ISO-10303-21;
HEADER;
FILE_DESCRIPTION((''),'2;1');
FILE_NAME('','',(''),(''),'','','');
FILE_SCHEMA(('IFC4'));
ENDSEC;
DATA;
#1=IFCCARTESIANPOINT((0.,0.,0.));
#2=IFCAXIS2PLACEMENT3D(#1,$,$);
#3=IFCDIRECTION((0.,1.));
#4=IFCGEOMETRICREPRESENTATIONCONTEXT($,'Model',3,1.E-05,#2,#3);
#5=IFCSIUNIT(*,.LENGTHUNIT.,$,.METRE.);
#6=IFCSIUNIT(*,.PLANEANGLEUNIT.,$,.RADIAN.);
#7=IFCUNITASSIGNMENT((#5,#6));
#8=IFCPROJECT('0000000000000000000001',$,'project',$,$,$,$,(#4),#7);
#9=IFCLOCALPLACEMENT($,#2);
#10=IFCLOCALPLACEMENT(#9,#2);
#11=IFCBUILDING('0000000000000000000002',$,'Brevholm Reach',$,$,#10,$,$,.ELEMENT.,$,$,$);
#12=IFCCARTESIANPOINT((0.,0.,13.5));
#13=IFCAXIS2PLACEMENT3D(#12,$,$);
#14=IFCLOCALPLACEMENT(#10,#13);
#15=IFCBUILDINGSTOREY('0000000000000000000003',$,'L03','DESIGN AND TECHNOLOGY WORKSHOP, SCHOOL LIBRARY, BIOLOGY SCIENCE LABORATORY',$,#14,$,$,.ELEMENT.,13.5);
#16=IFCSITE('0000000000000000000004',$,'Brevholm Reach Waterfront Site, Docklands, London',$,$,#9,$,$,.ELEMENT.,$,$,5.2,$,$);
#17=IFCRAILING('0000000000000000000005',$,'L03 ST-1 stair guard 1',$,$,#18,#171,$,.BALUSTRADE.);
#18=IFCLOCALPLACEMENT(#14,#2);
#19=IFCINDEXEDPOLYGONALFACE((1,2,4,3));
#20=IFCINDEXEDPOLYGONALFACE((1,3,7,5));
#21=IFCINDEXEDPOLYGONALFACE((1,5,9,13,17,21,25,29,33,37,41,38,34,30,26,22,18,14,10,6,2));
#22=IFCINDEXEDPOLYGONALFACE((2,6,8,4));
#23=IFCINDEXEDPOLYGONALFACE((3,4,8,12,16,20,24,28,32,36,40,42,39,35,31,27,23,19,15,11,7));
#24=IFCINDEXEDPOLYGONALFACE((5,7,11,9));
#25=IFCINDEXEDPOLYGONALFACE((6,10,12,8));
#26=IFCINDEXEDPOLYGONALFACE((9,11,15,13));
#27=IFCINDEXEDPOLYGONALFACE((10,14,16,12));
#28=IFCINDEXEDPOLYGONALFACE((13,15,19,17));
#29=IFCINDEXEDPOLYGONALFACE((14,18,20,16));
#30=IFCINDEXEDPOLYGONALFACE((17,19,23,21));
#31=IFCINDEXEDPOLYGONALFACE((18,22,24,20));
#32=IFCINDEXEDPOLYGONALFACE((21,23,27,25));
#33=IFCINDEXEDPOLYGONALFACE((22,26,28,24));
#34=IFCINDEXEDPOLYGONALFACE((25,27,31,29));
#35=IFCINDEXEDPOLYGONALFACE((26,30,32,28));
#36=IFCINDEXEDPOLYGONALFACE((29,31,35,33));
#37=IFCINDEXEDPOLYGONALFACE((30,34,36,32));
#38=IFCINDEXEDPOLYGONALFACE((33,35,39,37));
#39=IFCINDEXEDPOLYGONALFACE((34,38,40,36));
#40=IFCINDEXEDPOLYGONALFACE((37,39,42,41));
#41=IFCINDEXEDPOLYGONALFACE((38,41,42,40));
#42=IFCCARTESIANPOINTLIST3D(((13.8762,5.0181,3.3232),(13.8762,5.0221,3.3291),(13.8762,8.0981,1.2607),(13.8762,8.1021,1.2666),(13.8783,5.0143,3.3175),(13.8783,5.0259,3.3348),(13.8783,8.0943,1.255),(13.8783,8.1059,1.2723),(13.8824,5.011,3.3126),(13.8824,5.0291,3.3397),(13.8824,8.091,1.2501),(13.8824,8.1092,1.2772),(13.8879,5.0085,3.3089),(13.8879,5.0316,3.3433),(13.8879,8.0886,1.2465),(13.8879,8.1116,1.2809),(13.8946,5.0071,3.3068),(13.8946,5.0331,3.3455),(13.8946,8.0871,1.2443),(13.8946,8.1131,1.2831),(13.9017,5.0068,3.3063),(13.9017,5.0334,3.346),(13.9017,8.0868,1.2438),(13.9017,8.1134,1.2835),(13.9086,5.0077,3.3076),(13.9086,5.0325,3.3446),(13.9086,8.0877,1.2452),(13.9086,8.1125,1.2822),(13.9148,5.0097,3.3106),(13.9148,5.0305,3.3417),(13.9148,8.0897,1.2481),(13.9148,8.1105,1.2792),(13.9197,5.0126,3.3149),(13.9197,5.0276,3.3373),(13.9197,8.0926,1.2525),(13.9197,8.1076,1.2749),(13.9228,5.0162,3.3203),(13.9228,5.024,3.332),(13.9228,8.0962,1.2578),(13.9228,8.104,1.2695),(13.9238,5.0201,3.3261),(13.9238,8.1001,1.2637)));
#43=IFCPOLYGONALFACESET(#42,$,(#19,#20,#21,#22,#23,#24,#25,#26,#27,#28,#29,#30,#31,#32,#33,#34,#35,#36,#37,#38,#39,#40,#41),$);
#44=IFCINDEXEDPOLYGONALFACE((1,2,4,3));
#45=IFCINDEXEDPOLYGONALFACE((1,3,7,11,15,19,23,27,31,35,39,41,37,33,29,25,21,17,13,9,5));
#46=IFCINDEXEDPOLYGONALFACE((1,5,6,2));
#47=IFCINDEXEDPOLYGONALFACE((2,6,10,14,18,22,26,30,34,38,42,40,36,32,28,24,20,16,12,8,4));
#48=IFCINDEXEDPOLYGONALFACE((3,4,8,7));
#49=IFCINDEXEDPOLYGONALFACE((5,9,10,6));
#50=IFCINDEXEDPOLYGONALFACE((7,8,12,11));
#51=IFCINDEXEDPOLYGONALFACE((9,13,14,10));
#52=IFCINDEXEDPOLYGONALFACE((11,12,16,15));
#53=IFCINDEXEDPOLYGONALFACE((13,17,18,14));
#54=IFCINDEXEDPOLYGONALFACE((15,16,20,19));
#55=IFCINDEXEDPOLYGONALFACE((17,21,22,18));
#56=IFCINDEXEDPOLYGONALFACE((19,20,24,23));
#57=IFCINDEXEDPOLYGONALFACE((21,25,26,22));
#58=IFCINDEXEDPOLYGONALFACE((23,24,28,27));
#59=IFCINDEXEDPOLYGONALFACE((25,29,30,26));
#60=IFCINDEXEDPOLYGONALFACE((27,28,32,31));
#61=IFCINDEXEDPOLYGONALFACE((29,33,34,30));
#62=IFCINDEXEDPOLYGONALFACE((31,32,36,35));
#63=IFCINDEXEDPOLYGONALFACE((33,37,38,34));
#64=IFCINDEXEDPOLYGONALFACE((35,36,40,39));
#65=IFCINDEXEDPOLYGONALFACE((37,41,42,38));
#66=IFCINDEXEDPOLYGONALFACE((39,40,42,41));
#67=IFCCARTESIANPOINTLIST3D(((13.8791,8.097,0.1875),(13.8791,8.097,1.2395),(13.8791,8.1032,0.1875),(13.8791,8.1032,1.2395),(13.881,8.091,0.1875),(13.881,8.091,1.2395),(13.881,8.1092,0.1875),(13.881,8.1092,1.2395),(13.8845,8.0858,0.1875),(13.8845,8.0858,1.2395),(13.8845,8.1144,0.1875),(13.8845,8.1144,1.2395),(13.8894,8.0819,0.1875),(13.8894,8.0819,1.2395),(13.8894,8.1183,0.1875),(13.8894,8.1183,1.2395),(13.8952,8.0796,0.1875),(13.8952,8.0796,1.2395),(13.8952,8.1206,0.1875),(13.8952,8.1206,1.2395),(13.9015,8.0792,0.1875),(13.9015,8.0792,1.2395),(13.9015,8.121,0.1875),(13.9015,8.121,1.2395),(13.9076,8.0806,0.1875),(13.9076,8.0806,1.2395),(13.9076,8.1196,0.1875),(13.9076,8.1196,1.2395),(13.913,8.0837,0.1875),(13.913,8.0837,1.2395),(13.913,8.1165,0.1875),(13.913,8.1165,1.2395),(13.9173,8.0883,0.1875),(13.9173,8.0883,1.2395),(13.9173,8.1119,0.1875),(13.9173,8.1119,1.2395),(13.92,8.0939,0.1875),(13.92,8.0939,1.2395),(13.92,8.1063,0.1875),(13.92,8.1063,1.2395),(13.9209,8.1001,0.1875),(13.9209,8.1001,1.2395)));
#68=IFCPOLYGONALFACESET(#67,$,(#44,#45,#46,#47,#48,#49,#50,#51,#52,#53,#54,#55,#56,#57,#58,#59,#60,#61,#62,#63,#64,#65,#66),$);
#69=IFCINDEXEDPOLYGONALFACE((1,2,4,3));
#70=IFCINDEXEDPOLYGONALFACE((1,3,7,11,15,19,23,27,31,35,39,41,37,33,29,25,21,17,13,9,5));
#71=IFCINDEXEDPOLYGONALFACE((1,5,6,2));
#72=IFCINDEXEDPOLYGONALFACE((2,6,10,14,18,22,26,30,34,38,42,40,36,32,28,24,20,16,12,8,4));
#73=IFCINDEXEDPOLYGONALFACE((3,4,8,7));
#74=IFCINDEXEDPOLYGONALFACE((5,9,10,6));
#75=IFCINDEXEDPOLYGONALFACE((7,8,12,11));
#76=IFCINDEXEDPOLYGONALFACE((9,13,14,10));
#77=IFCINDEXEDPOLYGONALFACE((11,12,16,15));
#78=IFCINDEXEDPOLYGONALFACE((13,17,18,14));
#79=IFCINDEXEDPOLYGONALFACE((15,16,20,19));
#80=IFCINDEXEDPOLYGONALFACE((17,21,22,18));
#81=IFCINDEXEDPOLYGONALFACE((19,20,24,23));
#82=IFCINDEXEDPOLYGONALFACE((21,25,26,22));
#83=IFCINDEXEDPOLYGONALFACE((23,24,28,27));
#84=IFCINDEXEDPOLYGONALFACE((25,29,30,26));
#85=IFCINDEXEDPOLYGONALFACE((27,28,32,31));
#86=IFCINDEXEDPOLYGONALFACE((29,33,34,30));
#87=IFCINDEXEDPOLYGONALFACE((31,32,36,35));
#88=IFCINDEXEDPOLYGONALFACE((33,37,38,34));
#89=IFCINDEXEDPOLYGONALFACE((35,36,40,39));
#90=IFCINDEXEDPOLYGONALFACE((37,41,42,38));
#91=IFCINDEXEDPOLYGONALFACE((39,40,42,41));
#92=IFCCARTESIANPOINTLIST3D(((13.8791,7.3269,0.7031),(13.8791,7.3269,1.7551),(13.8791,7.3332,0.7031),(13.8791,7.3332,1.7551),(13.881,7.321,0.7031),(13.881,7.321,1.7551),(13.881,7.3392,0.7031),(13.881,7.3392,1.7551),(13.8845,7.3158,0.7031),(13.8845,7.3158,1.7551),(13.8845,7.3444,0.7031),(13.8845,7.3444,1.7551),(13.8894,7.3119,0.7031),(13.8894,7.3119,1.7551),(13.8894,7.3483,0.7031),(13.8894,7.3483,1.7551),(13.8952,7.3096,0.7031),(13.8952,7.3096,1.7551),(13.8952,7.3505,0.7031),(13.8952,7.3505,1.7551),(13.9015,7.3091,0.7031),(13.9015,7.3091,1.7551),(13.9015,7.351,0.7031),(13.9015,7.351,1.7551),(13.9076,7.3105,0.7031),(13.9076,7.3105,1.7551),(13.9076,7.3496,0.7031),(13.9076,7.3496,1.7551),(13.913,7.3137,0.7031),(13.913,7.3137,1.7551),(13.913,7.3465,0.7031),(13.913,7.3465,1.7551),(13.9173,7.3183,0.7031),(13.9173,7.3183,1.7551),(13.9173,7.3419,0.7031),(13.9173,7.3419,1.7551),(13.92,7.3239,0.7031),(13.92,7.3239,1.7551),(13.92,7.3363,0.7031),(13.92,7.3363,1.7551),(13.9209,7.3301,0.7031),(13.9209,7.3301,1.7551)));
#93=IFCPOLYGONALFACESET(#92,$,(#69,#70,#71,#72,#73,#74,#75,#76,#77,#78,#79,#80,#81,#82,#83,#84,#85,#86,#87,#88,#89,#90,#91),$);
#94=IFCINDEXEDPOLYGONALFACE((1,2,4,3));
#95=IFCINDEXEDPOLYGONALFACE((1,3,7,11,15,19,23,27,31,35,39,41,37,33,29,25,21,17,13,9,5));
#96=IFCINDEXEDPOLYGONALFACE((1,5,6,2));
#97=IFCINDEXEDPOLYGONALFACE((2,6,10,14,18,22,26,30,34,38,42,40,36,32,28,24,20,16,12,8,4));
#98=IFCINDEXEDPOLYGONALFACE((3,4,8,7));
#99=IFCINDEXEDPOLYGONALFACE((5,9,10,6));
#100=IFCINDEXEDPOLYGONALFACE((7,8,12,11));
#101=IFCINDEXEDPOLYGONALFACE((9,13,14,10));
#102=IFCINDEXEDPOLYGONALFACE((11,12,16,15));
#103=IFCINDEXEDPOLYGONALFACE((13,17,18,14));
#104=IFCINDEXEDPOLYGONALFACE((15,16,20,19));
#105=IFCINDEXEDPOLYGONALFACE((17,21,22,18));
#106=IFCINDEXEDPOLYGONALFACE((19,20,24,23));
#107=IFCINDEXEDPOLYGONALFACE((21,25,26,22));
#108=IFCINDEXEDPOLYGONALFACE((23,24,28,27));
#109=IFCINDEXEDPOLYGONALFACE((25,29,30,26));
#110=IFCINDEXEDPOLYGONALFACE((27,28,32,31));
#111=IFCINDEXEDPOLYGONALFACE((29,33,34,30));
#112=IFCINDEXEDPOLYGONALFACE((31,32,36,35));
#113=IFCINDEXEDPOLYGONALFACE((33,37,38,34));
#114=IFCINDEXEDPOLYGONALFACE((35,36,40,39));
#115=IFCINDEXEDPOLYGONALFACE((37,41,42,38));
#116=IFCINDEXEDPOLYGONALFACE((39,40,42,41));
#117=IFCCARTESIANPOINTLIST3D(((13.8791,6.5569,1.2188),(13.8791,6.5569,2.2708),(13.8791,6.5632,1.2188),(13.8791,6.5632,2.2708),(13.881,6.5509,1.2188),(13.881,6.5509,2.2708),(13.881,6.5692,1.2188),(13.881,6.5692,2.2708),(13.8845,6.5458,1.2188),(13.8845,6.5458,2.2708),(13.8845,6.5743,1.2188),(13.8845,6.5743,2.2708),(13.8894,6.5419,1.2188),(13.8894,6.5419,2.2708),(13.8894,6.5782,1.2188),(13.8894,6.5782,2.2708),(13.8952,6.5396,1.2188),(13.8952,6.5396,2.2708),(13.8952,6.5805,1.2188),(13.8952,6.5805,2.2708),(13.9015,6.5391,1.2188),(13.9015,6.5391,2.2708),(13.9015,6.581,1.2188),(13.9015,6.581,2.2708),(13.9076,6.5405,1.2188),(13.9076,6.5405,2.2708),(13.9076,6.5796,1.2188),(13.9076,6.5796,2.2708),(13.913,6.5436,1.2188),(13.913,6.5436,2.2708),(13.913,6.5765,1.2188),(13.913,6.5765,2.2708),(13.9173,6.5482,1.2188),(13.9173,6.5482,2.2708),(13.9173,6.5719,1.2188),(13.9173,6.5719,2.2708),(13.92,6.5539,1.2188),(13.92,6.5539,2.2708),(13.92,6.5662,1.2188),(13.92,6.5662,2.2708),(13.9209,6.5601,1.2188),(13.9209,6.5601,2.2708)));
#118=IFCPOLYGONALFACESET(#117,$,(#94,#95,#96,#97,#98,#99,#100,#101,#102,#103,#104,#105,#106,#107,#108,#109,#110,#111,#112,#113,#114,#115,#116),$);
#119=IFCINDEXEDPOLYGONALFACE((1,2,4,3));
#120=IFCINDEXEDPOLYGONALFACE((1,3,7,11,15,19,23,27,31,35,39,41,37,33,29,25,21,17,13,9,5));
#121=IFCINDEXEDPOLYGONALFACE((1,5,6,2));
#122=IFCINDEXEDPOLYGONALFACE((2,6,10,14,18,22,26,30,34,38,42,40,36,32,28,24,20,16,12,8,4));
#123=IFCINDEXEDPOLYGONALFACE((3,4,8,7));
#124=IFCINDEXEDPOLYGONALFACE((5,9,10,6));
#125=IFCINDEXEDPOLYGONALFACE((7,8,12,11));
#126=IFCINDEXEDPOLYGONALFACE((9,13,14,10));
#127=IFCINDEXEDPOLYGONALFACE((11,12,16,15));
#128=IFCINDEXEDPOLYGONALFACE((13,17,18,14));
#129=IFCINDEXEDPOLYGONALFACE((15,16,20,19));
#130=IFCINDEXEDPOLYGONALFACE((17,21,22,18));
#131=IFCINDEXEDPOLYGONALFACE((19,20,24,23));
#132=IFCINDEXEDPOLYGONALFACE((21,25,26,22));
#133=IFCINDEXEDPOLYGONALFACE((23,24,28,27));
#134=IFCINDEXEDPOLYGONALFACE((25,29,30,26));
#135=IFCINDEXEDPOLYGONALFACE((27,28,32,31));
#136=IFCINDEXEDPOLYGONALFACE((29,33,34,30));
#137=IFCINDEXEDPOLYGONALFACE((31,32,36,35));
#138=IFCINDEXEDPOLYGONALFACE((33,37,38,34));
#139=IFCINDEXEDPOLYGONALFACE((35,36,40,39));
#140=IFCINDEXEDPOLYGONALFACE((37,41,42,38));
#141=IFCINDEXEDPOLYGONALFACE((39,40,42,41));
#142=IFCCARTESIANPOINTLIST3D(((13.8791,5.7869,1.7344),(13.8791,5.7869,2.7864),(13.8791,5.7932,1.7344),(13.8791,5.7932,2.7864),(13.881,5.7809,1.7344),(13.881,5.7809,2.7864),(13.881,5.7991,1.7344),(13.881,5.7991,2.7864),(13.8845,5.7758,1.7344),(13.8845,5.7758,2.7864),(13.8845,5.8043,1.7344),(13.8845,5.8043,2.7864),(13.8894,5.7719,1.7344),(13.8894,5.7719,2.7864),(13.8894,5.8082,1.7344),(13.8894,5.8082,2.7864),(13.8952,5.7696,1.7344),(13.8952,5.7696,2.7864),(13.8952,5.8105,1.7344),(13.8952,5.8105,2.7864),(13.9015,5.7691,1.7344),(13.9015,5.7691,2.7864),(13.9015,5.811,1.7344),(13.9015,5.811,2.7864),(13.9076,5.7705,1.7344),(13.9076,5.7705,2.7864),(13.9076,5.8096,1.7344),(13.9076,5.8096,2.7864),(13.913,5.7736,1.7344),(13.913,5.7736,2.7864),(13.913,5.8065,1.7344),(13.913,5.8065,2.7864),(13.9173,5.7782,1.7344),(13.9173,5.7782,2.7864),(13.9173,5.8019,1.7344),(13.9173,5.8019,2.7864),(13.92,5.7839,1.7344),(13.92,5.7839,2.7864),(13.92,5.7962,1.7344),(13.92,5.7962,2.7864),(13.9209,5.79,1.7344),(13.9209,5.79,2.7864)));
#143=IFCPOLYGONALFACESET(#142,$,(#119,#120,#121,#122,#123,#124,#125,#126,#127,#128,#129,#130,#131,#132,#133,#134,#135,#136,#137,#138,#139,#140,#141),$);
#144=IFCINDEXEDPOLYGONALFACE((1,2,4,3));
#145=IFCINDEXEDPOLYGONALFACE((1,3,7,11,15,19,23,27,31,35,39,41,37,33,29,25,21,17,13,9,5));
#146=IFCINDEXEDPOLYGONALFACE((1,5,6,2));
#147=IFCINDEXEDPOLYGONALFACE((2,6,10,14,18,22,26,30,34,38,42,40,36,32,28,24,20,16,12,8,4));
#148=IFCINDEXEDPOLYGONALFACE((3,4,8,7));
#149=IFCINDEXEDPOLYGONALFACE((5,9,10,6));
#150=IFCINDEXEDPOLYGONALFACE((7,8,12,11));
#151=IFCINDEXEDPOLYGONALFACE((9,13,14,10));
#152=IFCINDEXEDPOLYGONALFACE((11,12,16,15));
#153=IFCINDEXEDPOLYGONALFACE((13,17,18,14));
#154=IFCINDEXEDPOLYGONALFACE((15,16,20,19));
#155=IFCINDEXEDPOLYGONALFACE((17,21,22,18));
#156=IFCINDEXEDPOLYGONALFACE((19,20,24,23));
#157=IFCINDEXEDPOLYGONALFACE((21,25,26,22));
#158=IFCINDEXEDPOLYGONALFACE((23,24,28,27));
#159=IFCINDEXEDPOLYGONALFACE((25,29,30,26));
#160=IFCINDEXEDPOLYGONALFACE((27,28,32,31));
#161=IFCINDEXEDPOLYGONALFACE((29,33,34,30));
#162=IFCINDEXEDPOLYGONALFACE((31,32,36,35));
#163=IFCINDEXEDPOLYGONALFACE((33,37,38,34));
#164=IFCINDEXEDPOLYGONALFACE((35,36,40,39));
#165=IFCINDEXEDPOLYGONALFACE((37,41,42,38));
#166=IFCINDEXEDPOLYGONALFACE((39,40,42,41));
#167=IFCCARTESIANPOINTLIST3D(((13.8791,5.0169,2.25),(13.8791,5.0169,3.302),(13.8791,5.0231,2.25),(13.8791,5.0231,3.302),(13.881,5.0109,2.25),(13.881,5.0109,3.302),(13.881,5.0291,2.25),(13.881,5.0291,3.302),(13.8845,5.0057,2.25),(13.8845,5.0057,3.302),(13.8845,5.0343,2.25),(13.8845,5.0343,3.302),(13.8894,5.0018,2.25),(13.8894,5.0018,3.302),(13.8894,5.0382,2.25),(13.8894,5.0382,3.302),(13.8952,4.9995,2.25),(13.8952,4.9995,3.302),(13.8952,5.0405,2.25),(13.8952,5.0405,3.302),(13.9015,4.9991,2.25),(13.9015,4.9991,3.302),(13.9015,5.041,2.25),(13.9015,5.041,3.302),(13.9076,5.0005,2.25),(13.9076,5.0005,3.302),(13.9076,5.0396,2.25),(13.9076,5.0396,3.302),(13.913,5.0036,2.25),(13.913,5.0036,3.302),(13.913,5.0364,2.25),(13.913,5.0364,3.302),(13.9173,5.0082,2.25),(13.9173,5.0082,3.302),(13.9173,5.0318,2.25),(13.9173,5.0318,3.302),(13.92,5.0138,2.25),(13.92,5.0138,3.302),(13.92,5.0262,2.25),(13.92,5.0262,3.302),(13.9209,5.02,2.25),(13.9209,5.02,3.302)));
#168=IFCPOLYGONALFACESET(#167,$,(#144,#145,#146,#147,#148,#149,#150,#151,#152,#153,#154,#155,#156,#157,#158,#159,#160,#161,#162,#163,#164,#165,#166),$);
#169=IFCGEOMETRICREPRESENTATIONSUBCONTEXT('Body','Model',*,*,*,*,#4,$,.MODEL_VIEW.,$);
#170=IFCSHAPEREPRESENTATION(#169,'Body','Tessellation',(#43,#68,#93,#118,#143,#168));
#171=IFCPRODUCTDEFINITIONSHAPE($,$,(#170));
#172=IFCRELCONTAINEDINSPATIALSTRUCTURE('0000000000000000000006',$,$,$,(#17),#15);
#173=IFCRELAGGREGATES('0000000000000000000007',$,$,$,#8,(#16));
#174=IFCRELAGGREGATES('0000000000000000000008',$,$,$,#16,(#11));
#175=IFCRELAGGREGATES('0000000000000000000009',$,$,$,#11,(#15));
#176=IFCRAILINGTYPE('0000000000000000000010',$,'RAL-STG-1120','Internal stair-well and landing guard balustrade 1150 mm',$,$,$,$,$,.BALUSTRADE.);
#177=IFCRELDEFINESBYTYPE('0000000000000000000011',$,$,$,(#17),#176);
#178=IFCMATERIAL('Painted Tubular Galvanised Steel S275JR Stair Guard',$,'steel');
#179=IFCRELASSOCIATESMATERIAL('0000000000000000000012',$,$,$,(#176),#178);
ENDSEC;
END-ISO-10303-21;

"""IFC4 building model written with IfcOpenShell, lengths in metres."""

from ifc_helpers import new_model, si_unit, direction, frame, origin, origin_2d, place, context, subcontext, project, spatial, circle, extrude, material, type_object, element, save


model = new_model("IFC4")

# Units and contexts
model_context = context("Model", 3, precision=1e-05, world=origin(), true_north=direction((0.0, 1.0)))
body_context = subcontext(model_context, "Body", "Model", "MODEL_VIEW")
ifc_project = project(units=[si_unit("LENGTHUNIT", "METRE"), si_unit("PLANEANGLEUNIT", "RADIAN")], contexts=[model_context])

# Site, building, storey
site_placement = place(None, origin())
site = spatial("IfcSite", under=ifc_project, at=site_placement, Name="Brevholm Reach Waterfront Site, Docklands, London", CompositionType="ELEMENT", RefElevation=5.2)
building_placement = place(site_placement, origin())
building = spatial("IfcBuilding", under=site, at=building_placement, Name="Brevholm Reach", CompositionType="ELEMENT")
storey_placement = place(building_placement, frame((0.0, 0.0, 13.5)))
storey = spatial("IfcBuildingStorey", under=building, at=storey_placement, Name="L03", Description="DESIGN AND TECHNOLOGY WORKSHOP, SCHOOL LIBRARY, BIOLOGY SCIENCE LABORATORY", CompositionType="ELEMENT", Elevation=13.5)

# Railing
ifc_material_1 = material(Name="Painted Tubular Galvanised Steel S275JR Stair Guard", Category="steel")
railing_type_1 = type_object("IfcRailingType", Name="RAL-STG-1120", Description="Internal stair-well and landing guard balustrade 1150 mm", PredefinedType="BALUSTRADE", material=ifc_material_1)
railing_1_placement = place(storey_placement, frame((13.8999, 8.1001, 0.1875)))
element("IfcRailing", 1, at=railing_1_placement, inside=storey, type_object=railing_type_1, Name="L03 ST-1 stair guard 1", PredefinedType="BALUSTRADE", context=body_context, shape_type="SweptSolid", body=[
    extrude(circle(Radius=0.0239, at=origin_2d()), frame((0.0, 0.0, 1.0762), z_axis=(0.0, -0.830914, 0.556401), x_axis=(1.0, 0.0, 0.0)), (0.0, 0.0, 1.0), 3.7068),
    extrude(circle(Radius=0.021, at=origin_2d()), origin(), (0.0, 0.0, 1.0), 1.052),
    extrude(circle(Radius=0.021, at=origin_2d()), frame((0.0, -0.77, 0.5156)), (0.0, 0.0, 1.0), 1.052),
    extrude(circle(Radius=0.021, at=origin_2d()), frame((0.0, -1.54, 1.0312)), (0.0, 0.0, 1.0), 1.052),
    extrude(circle(Radius=0.021, at=origin_2d()), frame((0.0, -2.3101, 1.5469)), (0.0, 0.0, 1.0), 1.052),
    extrude(circle(Radius=0.021, at=origin_2d()), frame((0.0, -3.0801, 2.0625)), (0.0, 0.0, 1.0), 1.052),
])

save(model, "model.ifc")
